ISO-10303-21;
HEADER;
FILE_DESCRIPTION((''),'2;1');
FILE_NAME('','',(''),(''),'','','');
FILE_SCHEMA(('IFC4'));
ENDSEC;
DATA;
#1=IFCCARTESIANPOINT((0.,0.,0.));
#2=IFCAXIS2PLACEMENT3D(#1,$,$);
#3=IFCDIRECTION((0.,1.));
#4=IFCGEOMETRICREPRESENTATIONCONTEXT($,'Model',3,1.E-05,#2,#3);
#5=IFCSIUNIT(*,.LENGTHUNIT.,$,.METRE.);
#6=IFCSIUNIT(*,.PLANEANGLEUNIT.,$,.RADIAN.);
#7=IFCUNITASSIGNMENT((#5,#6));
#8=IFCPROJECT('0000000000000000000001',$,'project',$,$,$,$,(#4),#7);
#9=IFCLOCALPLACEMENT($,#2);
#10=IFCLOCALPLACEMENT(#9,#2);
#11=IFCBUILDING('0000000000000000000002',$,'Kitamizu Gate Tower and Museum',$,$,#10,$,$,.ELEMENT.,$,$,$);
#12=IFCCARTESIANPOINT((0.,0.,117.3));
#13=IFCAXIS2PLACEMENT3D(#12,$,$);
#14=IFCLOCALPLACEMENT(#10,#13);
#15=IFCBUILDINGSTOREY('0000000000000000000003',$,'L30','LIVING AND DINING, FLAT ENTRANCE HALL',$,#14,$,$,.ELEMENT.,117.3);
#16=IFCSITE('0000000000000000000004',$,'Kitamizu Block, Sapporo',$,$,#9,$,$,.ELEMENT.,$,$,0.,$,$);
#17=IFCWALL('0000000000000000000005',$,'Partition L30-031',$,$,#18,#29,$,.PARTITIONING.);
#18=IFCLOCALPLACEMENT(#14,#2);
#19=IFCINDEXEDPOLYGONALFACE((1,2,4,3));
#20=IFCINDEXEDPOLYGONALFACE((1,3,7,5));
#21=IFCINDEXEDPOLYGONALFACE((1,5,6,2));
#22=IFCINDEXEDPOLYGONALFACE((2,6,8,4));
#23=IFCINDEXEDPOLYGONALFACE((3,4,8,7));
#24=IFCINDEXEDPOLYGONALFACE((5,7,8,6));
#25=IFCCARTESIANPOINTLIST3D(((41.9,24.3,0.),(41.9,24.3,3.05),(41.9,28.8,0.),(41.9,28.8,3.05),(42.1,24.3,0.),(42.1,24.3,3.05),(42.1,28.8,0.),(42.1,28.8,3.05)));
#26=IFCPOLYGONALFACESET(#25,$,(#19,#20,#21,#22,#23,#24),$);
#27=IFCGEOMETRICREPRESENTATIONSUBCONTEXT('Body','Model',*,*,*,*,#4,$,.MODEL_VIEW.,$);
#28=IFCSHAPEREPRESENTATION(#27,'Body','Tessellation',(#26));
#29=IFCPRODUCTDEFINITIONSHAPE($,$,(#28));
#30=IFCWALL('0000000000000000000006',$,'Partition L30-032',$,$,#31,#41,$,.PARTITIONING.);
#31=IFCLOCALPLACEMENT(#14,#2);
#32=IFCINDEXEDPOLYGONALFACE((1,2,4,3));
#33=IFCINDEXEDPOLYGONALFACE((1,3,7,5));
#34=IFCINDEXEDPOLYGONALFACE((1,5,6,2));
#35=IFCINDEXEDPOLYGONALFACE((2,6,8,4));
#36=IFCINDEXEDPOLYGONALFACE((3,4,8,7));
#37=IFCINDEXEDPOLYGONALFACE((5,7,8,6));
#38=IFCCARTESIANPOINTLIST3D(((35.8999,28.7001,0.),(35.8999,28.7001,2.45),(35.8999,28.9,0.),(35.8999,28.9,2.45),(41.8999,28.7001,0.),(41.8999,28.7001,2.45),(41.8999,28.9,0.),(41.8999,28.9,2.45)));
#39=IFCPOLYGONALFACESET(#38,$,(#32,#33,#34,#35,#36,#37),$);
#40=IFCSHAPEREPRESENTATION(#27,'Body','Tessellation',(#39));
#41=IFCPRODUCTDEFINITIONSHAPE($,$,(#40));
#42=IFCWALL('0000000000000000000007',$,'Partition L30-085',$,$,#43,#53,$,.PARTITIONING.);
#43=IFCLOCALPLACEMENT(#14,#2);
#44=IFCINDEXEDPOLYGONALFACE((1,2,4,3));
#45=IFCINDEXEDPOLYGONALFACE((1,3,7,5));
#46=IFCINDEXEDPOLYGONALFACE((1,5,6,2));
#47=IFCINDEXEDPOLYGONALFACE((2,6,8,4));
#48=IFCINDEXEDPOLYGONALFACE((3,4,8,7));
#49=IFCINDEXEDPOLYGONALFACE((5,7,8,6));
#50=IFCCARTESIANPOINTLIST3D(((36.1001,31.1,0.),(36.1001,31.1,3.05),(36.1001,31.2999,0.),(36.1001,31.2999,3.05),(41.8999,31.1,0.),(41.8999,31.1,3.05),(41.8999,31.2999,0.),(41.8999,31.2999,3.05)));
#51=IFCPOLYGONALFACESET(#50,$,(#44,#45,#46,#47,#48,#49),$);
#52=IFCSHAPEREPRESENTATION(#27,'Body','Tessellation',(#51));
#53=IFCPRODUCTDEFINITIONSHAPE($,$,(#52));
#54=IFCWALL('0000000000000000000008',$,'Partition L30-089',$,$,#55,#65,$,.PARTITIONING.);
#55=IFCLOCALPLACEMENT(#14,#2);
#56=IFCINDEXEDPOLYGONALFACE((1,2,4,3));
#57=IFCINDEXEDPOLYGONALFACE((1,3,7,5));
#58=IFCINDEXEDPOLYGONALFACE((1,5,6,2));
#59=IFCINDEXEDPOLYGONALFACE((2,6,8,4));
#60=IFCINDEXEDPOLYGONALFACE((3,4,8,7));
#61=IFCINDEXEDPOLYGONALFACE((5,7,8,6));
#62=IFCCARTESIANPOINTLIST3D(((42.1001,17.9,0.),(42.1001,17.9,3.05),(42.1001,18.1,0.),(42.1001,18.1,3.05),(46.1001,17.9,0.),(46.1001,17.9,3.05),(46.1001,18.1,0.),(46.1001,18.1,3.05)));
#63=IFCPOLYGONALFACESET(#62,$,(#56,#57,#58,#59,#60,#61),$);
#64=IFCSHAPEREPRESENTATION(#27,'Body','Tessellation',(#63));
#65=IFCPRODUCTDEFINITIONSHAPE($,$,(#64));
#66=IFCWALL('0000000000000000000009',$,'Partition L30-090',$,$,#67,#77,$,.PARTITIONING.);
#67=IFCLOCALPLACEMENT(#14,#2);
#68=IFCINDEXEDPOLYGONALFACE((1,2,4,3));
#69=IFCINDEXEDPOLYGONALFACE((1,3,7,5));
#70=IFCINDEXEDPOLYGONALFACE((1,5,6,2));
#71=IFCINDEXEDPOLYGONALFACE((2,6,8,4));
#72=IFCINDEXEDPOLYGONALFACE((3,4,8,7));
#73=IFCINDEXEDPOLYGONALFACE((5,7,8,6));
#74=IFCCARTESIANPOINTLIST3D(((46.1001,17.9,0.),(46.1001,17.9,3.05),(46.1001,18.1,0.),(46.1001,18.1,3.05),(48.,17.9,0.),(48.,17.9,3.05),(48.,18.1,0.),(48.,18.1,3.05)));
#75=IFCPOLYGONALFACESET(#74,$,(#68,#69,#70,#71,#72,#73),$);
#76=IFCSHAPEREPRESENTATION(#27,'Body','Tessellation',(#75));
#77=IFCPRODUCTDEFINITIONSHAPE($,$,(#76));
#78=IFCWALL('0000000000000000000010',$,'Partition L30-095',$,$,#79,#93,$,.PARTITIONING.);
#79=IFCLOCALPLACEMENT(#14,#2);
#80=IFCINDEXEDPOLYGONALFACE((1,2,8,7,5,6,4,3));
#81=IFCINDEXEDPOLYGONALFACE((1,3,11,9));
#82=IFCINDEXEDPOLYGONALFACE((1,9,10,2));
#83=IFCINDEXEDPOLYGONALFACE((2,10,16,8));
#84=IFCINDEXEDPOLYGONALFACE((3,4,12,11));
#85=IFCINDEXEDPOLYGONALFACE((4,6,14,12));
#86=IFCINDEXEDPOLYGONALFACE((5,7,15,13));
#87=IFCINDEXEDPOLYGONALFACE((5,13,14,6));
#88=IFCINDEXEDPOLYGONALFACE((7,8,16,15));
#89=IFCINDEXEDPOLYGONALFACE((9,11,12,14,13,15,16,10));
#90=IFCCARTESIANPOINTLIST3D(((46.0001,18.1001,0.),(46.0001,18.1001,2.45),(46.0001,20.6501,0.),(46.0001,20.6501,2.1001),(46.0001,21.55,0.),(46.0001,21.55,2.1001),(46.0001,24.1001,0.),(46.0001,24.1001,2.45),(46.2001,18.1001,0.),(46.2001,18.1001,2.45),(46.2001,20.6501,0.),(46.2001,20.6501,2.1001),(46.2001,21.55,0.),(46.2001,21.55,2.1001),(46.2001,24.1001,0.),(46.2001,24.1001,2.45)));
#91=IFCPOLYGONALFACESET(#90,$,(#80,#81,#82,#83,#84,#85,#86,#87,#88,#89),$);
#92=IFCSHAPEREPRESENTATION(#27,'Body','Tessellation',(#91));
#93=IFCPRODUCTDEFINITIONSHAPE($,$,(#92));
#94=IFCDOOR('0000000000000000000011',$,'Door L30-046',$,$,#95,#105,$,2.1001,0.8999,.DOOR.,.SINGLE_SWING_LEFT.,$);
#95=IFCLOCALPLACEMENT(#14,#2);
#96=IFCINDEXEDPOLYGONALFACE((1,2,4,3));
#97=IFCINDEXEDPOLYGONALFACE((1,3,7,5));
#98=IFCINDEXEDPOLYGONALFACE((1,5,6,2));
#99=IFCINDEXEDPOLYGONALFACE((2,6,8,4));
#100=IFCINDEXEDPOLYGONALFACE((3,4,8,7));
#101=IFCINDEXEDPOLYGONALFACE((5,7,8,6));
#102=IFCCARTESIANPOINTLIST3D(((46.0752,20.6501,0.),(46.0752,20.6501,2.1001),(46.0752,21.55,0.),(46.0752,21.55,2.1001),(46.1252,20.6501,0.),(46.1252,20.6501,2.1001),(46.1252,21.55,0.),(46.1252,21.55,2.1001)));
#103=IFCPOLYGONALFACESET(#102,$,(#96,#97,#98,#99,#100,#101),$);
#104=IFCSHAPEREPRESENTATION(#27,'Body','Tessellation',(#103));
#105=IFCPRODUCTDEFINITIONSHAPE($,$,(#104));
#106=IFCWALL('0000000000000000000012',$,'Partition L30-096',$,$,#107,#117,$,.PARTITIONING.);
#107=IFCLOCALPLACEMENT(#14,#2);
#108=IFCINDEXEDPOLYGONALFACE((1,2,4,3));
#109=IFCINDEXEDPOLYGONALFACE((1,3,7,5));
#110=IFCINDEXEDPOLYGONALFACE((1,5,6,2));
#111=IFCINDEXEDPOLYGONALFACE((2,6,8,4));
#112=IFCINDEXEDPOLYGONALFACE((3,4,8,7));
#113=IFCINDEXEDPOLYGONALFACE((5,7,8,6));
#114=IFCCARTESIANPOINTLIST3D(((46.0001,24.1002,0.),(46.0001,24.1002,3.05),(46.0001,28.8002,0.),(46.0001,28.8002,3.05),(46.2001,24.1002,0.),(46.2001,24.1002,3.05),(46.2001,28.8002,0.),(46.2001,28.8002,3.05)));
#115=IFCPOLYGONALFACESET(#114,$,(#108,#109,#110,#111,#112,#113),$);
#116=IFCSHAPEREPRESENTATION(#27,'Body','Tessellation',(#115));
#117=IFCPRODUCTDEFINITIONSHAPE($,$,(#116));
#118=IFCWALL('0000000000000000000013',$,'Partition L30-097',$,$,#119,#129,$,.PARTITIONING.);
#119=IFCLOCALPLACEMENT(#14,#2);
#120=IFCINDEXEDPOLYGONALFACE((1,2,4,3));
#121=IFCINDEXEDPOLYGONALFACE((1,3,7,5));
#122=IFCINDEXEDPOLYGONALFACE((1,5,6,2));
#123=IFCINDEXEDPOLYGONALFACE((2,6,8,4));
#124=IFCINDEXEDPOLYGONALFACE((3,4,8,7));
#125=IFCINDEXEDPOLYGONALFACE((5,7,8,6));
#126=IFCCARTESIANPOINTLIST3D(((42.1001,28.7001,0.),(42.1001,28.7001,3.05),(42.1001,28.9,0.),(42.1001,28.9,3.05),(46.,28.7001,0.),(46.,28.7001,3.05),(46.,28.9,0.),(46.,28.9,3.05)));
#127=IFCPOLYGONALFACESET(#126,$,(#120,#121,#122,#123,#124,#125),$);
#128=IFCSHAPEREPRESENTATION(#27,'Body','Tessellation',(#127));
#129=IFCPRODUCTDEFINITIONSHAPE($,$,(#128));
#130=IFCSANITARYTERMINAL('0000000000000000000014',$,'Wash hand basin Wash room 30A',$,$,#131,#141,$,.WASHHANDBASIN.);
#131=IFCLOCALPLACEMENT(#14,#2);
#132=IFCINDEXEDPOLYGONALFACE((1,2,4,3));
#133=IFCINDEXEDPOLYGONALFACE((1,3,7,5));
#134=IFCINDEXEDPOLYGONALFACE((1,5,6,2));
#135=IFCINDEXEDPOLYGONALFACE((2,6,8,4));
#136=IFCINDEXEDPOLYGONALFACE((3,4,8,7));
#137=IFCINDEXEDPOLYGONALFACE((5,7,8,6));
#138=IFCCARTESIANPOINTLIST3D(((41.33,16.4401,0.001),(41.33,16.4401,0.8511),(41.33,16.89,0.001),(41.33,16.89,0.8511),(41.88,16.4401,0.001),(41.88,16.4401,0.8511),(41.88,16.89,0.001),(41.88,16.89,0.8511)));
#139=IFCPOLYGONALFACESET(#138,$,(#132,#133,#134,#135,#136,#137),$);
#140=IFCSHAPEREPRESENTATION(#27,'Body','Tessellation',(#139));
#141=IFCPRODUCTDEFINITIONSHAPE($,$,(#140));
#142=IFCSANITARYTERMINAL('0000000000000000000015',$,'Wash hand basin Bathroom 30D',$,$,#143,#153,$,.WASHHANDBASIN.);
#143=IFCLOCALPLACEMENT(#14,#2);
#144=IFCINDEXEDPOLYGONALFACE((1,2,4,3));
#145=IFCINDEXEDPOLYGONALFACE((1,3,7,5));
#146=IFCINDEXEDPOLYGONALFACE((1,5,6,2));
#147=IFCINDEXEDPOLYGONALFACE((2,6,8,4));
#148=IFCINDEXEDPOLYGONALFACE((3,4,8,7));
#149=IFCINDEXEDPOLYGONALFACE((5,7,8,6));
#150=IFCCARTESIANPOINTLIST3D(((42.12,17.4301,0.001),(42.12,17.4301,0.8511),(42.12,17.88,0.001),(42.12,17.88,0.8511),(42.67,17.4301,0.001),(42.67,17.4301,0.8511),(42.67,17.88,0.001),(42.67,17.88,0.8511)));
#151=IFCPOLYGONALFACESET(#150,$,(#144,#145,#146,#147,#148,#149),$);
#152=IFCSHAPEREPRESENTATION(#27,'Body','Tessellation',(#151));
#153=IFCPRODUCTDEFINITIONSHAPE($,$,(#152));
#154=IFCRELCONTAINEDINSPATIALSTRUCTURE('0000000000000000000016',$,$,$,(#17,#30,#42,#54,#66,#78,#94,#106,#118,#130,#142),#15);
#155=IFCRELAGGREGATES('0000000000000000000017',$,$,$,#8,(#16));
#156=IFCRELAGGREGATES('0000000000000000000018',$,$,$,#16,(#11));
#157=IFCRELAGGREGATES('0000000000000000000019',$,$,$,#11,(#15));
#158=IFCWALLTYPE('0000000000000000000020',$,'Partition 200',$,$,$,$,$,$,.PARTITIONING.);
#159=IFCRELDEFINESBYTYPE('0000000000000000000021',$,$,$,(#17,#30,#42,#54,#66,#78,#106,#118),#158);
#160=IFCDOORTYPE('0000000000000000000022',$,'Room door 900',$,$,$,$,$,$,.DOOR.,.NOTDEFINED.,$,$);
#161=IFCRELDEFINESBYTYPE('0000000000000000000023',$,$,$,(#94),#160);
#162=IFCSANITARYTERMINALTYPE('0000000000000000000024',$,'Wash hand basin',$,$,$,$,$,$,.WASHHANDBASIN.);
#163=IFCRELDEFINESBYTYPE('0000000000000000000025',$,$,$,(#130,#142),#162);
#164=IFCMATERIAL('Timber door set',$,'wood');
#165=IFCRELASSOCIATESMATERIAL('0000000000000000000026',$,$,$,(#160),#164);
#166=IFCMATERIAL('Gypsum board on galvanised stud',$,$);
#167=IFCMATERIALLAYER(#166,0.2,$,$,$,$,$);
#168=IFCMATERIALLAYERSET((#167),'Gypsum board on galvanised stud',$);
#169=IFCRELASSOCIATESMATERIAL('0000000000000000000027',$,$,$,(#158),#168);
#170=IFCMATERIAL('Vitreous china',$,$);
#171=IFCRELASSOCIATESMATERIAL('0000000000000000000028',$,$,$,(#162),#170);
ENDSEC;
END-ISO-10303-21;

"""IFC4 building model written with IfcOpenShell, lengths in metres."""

from ifc_helpers import new_model, si_unit, direction, frame, frame_2d, origin, origin_2d, place, context, subcontext, project, spatial, rectangle, extrude, material, layer, layer_set, type_object, element, fill, save


model = new_model("IFC4")

# Units and contexts
model_context = context("Model", 3, precision=1e-05, world=origin(), true_north=direction((0.0, 1.0)))
body_context = subcontext(model_context, "Body", "Model", "MODEL_VIEW")
ifc_project = project(units=[si_unit("LENGTHUNIT", "METRE"), si_unit("PLANEANGLEUNIT", "RADIAN")], contexts=[model_context])

# Site, building, storey
site_placement = place(None, origin())
site = spatial("IfcSite", under=ifc_project, at=site_placement, Name="Kitamizu Block, Sapporo", CompositionType="ELEMENT", RefElevation=0.0)
building_placement = place(site_placement, origin())
building = spatial("IfcBuilding", under=site, at=building_placement, Name="Kitamizu Gate Tower and Museum", CompositionType="ELEMENT")
storey_placement = place(building_placement, frame((0.0, 0.0, 117.3)))
storey = spatial("IfcBuildingStorey", under=building, at=storey_placement, Name="L30", Description="LIVING AND DINING, FLAT ENTRANCE HALL", CompositionType="ELEMENT", Elevation=117.3)

# Shared definitions
ifc_material_1 = material(Name="Timber door set", Category="wood")
door_type = type_object("IfcDoorType", Name="Room door 900", OperationType="NOTDEFINED", PredefinedType="DOOR", material=ifc_material_1)

# Walls
ifc_material_2 = material(Name="Gypsum board on galvanised stud")
ifc_layer_1 = layer(ifc_material_2, 0.2)
ifc_layer_set_1 = layer_set([ifc_layer_1], Name="Gypsum board on galvanised stud")
wall_type_1 = type_object("IfcWallType", Name="Partition 200", PredefinedType="PARTITIONING", material=ifc_layer_set_1)
wall_1_placement = place(storey_placement, frame((42.0, 24.3, 0.0), z_axis=(0.0, 0.0, 1.0), x_axis=(0.0, 1.0, 0.0)))
element("IfcWall", 1, at=wall_1_placement, inside=storey, type_object=wall_type_1, Name="Partition L30-031", PredefinedType="PARTITIONING", context=body_context, shape_type="SweptSolid", body=[
    extrude(rectangle(XDim=4.5, YDim=0.2, at=frame_2d((2.25, 0.0))), origin(), (0.0, 0.0, 1.0), 3.05),
])
wall_2_placement = place(storey_placement, frame((41.8999, 28.8, 0.0), z_axis=(0.0, 0.0, 1.0), x_axis=(-1.0, 0.0, 0.0)))
element("IfcWall", 2, at=wall_2_placement, inside=storey, type_object=wall_type_1, Name="Partition L30-032", PredefinedType="PARTITIONING", context=body_context, shape_type="SweptSolid", body=[
    extrude(rectangle(XDim=6.0, YDim=0.2, at=frame_2d((3.0, 0.0))), origin(), (0.0, 0.0, 1.0), 2.45),
])
wall_3_placement = place(storey_placement, frame((36.1001, 31.2, 0.0), z_axis=(0.0, 0.0, 1.0), x_axis=(1.0, 0.0, 0.0)))
element("IfcWall", 3, at=wall_3_placement, inside=storey, type_object=wall_type_1, Name="Partition L30-085", PredefinedType="PARTITIONING", context=body_context, shape_type="SweptSolid", body=[
    extrude(rectangle(XDim=5.7998, YDim=0.2, at=frame_2d((2.8999, 0.0))), origin(), (0.0, 0.0, 1.0), 3.05),
])
wall_4_placement = place(storey_placement, frame((46.1001, 18.0, 0.0), z_axis=(0.0, 0.0, 1.0), x_axis=(-1.0, 0.0, 0.0)))
element("IfcWall", 4, at=wall_4_placement, inside=storey, type_object=wall_type_1, Name="Partition L30-089", PredefinedType="PARTITIONING", context=body_context, shape_type="SweptSolid", body=[
    extrude(rectangle(XDim=4.0, YDim=0.2, at=frame_2d((2.0, 0.0))), origin(), (0.0, 0.0, 1.0), 3.05),
])
wall_5_placement = place(storey_placement, frame((48.0, 18.0, 0.0), z_axis=(0.0, 0.0, 1.0), x_axis=(-1.0, 0.0, 0.0)))
element("IfcWall", 5, at=wall_5_placement, inside=storey, type_object=wall_type_1, Name="Partition L30-090", PredefinedType="PARTITIONING", context=body_context, shape_type="SweptSolid", body=[
    extrude(rectangle(XDim=1.8999, YDim=0.2, at=frame_2d((0.95, 0.0))), origin(), (0.0, 0.0, 1.0), 3.05),
])

# Wall, opening, door
wall_6_placement = place(storey_placement, frame((46.1001, 18.1001, 0.0), z_axis=(0.0, 0.0, 1.0), x_axis=(0.0, 1.0, 0.0)))
wall_6 = element("IfcWall", 6, at=wall_6_placement, inside=storey, type_object=wall_type_1, Name="Partition L30-095", PredefinedType="PARTITIONING", context=body_context, shape_type="SweptSolid", body=[
    extrude(rectangle(XDim=6.0, YDim=0.2, at=frame_2d((3.0, 0.0))), origin(), (0.0, 0.0, 1.0), 2.45),
])
opening_1_placement = place(wall_6_placement, frame((2.55, 0.0, 0.0)))
opening_1 = element("IfcOpeningElement", 7, at=opening_1_placement, cuts=wall_6, PredefinedType="OPENING", context=body_context, shape_type="SweptSolid", body=[
    extrude(rectangle(XDim=0.8999, YDim=2.1001, at=frame_2d((0.45, 1.05))), frame((0.0, 0.1099, 0.0), z_axis=(0.0, -1.0, 0.0), x_axis=(1.0, 0.0, 0.0)), (0.0, 0.0, 1.0), 0.22),
])
door_1_placement = place(opening_1_placement, origin())
door_1 = element("IfcDoor", 8, at=door_1_placement, inside=storey, type_object=door_type, Name="Door L30-046", OperationType="SINGLE_SWING_LEFT", OverallHeight=2.1001, OverallWidth=0.8999, PredefinedType="DOOR", context=body_context, shape_type="SweptSolid", body=[
    extrude(rectangle(XDim=0.8999, YDim=2.1001, at=frame_2d((0.45, 1.05))), frame((0.0, 0.0249, 0.0), z_axis=(0.0, -1.0, 0.0), x_axis=(1.0, 0.0, 0.0)), (0.0, 0.0, 1.0), 0.05),
])
fill(opening_1, door_1)

# Walls
wall_7_placement = place(storey_placement, frame((46.1001, 24.1001, 0.0), z_axis=(0.0, 0.0, 1.0), x_axis=(0.0, 1.0, 0.0)))
element("IfcWall", 9, at=wall_7_placement, inside=storey, type_object=wall_type_1, Name="Partition L30-096", PredefinedType="PARTITIONING", context=body_context, shape_type="SweptSolid", body=[
    extrude(rectangle(XDim=4.7, YDim=0.2, at=frame_2d((2.3501, 0.0))), origin(), (0.0, 0.0, 1.0), 3.05),
])
wall_8_placement = place(storey_placement, frame((46.0, 28.8, 0.0), z_axis=(0.0, 0.0, 1.0), x_axis=(-1.0, 0.0, 0.0)))
element("IfcWall", 10, at=wall_8_placement, inside=storey, type_object=wall_type_1, Name="Partition L30-097", PredefinedType="PARTITIONING", context=body_context, shape_type="SweptSolid", body=[
    extrude(rectangle(XDim=3.8999, YDim=0.2, at=frame_2d((1.95, 0.0))), origin(), (0.0, 0.0, 1.0), 3.05),
])

# Sanitary terminals
ifc_material_3 = material(Name="Vitreous china")
sanitary_terminal_type = type_object("IfcSanitaryTerminalType", Name="Wash hand basin", PredefinedType="WASHHANDBASIN", material=ifc_material_3)
for number, where, z_axis, x_axis, name in (
    (11, (41.605, 16.665, 0.001), (0.0, 0.0, 1.0), (1.0, 0.0, 0.0), "Wash hand basin Wash room 30A"),
    (12, (42.395, 17.655, 0.001), (0.0, 0.0, 1.0), (1.0, 0.0, 0.0), "Wash hand basin Bathroom 30D"),
):
    element("IfcSanitaryTerminal", number, at=place(storey_placement, frame(where, z_axis=z_axis, x_axis=x_axis)), inside=storey, type_object=sanitary_terminal_type, Name=name, PredefinedType="WASHHANDBASIN", context=body_context, shape_type="SweptSolid", body=[
        extrude(rectangle(XDim=0.55, YDim=0.45, at=origin_2d()), origin(), (0.0, 0.0, 1.0), 0.8501),
    ])

save(model, "model.ifc")
